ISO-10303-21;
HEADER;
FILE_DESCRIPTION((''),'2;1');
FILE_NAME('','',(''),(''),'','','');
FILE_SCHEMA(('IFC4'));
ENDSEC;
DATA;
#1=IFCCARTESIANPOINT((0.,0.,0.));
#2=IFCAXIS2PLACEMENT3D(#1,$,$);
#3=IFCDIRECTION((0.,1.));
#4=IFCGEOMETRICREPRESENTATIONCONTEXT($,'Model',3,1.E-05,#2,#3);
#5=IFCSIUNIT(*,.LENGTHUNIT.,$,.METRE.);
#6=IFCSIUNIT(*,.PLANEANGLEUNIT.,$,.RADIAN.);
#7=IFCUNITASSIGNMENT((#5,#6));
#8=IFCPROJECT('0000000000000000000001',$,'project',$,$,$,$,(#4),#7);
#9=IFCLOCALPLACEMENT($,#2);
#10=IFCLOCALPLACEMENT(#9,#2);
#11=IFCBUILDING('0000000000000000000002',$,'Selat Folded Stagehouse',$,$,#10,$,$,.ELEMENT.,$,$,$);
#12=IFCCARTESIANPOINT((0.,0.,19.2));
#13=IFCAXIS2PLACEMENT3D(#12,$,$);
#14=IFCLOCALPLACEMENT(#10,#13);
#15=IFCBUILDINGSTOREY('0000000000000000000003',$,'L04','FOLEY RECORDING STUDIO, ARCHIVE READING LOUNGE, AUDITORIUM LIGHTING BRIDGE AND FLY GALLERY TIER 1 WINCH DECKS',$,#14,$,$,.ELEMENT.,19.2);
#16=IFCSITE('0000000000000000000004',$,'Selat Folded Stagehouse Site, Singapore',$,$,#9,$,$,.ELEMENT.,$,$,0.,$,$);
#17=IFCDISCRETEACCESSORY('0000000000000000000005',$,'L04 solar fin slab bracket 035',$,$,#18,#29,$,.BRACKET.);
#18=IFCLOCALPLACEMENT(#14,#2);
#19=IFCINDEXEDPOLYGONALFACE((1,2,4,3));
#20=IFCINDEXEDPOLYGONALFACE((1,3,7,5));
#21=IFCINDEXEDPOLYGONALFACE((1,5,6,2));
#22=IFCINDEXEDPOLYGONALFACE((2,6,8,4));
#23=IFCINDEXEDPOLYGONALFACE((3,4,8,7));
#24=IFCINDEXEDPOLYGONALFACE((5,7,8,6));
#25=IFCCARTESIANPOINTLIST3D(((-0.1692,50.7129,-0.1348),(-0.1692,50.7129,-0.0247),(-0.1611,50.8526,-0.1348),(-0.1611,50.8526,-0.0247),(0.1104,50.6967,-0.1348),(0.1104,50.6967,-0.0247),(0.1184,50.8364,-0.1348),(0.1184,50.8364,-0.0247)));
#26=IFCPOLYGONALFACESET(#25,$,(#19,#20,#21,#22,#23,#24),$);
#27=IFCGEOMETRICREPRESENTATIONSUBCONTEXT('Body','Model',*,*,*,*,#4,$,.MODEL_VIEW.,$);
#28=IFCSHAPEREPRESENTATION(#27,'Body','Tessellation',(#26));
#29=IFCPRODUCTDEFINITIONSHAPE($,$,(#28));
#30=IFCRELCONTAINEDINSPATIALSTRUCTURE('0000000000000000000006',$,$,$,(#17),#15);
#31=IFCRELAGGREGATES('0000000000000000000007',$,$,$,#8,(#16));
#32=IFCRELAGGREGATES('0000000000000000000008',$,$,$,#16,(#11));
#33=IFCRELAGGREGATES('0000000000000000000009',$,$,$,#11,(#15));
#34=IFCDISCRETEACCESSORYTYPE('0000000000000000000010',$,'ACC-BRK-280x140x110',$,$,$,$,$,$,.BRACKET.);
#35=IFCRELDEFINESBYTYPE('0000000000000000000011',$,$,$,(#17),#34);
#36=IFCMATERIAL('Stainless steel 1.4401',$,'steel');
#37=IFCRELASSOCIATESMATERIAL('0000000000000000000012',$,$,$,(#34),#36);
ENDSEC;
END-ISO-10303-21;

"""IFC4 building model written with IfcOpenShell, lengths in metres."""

from ifc_helpers import new_model, si_unit, direction, frame, origin, origin_2d, place, context, subcontext, project, spatial, rectangle, extrude, material, type_object, element, save


model = new_model("IFC4")

# Units and contexts
model_context = context("Model", 3, precision=1e-05, world=origin(), true_north=direction((0.0, 1.0)))
body_context = subcontext(model_context, "Body", "Model", "MODEL_VIEW")
ifc_project = project(units=[si_unit("LENGTHUNIT", "METRE"), si_unit("PLANEANGLEUNIT", "RADIAN")], contexts=[model_context])

# Site, building, storey
site_placement = place(None, origin())
site = spatial("IfcSite", under=ifc_project, at=site_placement, Name="Selat Folded Stagehouse Site, Singapore", CompositionType="ELEMENT", RefElevation=0.0)
building_placement = place(site_placement, origin())
building = spatial("IfcBuilding", under=site, at=building_placement, Name="Selat Folded Stagehouse", CompositionType="ELEMENT")
storey_placement = place(building_placement, frame((0.0, 0.0, 19.2)))
storey = spatial("IfcBuildingStorey", under=building, at=storey_placement, Name="L04", Description="FOLEY RECORDING STUDIO, ARCHIVE READING LOUNGE, AUDITORIUM LIGHTING BRIDGE AND FLY GALLERY TIER 1 WINCH DECKS", CompositionType="ELEMENT", Elevation=19.2)

# Discrete accessory
ifc_material_1 = material(Name="Stainless steel 1.4401", Category="steel")
discrete_accessory_type = type_object("IfcDiscreteAccessoryType", Name="ACC-BRK-280x140x110", PredefinedType="BRACKET", material=ifc_material_1)
for number, where, z_axis, x_axis, name in (
    (1, (-0.0254, 50.7747, -0.1348), (0.0, 0.0, 1.0), (-0.998332, 0.057738, 0.0), "L04 solar fin slab bracket 035"),
):
    element("IfcDiscreteAccessory", number, at=place(storey_placement, frame(where, z_axis=z_axis, x_axis=x_axis)), inside=storey, type_object=discrete_accessory_type, Name=name, PredefinedType="BRACKET", context=body_context, shape_type="SweptSolid", body=[
        extrude(rectangle(XDim=0.28, YDim=0.1399, at=origin_2d()), origin(), (0.0, 0.0, 1.0), 0.1101),
    ])

save(model, "model.ifc")
